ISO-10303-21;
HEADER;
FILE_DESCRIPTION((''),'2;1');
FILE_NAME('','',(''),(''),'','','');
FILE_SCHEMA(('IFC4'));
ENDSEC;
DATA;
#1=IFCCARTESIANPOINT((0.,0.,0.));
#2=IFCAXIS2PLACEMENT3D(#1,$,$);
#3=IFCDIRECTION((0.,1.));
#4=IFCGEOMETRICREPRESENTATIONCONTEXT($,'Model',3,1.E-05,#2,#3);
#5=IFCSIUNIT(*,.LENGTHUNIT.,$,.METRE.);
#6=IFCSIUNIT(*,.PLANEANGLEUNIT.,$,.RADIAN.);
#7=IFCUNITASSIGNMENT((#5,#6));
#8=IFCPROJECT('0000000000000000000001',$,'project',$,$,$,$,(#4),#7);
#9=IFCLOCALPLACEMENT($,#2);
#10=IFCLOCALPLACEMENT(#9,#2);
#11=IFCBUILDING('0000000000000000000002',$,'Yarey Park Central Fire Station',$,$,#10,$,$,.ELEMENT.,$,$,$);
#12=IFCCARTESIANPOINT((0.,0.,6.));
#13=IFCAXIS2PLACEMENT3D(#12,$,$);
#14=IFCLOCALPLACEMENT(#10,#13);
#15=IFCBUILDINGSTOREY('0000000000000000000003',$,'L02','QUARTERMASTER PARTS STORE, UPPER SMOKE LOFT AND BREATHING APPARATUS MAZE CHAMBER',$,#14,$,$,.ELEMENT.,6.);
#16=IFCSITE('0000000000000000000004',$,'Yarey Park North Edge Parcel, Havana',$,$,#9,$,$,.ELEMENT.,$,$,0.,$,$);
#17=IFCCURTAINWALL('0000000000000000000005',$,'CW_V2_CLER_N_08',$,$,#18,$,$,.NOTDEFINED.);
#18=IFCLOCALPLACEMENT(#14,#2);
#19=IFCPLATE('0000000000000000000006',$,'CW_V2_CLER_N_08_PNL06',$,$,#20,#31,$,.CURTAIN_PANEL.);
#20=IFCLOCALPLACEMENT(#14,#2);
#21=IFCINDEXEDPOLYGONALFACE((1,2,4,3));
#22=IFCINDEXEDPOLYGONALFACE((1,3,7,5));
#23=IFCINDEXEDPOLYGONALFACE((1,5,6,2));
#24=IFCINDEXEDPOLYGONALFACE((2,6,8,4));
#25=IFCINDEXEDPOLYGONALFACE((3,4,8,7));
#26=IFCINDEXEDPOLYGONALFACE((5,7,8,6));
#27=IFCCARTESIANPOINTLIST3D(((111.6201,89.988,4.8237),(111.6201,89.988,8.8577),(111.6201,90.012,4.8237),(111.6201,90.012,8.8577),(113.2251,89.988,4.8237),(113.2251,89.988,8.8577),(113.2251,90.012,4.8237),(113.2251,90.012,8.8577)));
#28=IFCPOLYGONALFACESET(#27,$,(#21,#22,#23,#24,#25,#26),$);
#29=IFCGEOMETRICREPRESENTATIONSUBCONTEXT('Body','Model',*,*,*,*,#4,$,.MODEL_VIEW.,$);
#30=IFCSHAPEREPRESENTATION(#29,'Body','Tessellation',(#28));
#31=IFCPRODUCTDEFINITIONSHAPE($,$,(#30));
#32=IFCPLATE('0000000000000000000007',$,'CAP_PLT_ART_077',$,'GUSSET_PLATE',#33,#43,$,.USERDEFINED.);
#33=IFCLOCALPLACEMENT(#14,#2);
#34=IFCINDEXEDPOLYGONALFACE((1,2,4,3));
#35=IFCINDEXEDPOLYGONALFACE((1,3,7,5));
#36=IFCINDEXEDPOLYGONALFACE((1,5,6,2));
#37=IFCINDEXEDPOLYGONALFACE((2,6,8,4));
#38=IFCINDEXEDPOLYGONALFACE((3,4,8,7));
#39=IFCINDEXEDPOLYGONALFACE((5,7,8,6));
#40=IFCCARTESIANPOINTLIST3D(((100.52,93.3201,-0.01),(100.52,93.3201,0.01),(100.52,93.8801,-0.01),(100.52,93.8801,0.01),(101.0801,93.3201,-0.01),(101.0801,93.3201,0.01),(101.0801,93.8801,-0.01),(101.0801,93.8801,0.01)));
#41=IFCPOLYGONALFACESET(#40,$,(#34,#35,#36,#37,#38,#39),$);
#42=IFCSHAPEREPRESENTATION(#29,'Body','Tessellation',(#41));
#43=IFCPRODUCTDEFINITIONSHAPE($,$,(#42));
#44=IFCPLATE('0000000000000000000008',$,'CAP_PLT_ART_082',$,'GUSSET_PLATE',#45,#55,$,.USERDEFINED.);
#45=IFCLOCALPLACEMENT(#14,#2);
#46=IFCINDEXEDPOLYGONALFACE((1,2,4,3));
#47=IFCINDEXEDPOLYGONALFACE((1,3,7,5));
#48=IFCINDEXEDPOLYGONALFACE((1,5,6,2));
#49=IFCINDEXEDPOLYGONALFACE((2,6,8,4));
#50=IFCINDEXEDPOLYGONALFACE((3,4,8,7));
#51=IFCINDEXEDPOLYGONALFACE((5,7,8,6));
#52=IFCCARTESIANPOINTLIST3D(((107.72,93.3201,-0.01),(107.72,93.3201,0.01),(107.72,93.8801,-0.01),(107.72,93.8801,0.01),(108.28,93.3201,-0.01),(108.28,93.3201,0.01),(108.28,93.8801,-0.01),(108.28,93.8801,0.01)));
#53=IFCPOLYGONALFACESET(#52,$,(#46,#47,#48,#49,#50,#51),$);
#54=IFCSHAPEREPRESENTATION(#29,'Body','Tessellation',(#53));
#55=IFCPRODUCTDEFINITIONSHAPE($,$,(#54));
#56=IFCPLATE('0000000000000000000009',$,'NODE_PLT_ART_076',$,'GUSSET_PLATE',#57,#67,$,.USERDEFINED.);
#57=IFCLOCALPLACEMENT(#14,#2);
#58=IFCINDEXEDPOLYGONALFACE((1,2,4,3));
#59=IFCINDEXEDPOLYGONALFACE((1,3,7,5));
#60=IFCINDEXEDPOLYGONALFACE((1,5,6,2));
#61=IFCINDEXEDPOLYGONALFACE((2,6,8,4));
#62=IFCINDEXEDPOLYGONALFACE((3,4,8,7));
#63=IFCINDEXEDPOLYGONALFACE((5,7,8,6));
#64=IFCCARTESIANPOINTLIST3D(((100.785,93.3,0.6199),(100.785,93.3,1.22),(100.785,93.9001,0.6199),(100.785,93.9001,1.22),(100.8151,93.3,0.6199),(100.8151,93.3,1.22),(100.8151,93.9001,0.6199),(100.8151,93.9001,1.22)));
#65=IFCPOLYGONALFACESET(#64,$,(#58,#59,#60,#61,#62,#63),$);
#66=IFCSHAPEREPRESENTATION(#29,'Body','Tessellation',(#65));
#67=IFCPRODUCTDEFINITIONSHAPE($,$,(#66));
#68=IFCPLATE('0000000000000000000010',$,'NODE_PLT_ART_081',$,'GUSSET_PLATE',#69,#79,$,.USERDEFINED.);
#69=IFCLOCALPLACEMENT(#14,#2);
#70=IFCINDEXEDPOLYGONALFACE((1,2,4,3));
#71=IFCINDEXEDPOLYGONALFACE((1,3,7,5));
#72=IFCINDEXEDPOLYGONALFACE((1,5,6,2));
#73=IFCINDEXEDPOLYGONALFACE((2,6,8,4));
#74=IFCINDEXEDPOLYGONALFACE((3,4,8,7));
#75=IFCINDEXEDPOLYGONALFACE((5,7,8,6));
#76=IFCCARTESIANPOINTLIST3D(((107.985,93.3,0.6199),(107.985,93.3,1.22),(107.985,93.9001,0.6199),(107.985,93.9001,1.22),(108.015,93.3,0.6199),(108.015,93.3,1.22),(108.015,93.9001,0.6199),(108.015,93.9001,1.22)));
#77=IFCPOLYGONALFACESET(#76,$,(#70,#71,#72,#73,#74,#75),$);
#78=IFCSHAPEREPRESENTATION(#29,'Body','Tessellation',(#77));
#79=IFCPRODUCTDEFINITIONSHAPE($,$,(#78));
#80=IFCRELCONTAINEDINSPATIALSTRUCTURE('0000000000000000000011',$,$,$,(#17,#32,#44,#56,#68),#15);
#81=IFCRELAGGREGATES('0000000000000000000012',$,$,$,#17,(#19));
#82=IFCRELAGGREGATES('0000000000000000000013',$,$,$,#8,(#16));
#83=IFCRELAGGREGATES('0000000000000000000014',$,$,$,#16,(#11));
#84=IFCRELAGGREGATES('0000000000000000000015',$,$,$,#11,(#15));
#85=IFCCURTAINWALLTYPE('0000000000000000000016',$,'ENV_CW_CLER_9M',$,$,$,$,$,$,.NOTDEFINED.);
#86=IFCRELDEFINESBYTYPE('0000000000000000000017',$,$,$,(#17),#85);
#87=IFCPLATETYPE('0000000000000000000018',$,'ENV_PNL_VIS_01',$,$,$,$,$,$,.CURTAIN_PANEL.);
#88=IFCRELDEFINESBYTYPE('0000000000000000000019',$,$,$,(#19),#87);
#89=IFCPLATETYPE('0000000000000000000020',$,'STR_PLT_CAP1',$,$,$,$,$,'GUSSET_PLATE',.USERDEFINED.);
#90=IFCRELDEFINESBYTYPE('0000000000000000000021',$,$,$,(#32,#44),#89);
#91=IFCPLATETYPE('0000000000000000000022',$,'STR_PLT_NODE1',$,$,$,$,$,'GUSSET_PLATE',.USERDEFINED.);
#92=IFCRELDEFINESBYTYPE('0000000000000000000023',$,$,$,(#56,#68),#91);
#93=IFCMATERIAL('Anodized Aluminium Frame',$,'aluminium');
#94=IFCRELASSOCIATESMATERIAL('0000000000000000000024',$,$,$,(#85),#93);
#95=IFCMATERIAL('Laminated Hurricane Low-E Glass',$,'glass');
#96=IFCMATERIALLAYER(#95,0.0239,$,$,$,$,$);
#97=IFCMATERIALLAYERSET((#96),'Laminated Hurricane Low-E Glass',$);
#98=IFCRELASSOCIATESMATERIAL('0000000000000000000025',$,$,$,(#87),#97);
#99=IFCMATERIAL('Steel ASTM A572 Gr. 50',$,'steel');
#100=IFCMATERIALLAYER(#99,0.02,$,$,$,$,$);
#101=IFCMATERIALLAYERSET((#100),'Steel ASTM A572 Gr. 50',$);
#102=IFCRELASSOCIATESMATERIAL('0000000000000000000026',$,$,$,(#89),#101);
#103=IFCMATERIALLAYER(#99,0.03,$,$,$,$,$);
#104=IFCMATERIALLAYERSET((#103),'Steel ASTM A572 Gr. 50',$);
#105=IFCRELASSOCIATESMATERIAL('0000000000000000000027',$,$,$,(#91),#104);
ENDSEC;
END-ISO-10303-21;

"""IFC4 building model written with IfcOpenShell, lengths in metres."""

from ifc_helpers import new_model, si_unit, direction, frame, origin, origin_2d, place, context, subcontext, project, spatial, rectangle, extrude, material, layer, layer_set, type_object, element, aggregate, save


model = new_model("IFC4")

# Units and contexts
model_context = context("Model", 3, precision=1e-05, world=origin(), true_north=direction((0.0, 1.0)))
body_context = subcontext(model_context, "Body", "Model", "MODEL_VIEW")
ifc_project = project(units=[si_unit("LENGTHUNIT", "METRE"), si_unit("PLANEANGLEUNIT", "RADIAN")], contexts=[model_context])

# Site, building, storey
site_placement = place(None, origin())
site = spatial("IfcSite", under=ifc_project, at=site_placement, Name="Yarey Park North Edge Parcel, Havana", CompositionType="ELEMENT", RefElevation=0.0)
building_placement = place(site_placement, origin())
building = spatial("IfcBuilding", under=site, at=building_placement, Name="Yarey Park Central Fire Station", CompositionType="ELEMENT")
storey_placement = place(building_placement, frame((0.0, 0.0, 6.0)))
storey = spatial("IfcBuildingStorey", under=building, at=storey_placement, Name="L02", Description="QUARTERMASTER PARTS STORE, UPPER SMOKE LOFT AND BREATHING APPARATUS MAZE CHAMBER", CompositionType="ELEMENT", Elevation=6.0)

# Curtain wall
ifc_material_1 = material(Name="Anodized Aluminium Frame", Category="aluminium")
curtain_wall_type = type_object("IfcCurtainWallType", Name="ENV_CW_CLER_9M", PredefinedType="NOTDEFINED", material=ifc_material_1)
curtain_wall_placement = place(storey_placement, origin())
curtain_wall = element("IfcCurtainWall", 1, at=curtain_wall_placement, inside=storey, type_object=curtain_wall_type, Name="CW_V2_CLER_N_08", PredefinedType="NOTDEFINED")

# Plate
ifc_material_2 = material(Name="Laminated Hurricane Low-E Glass", Category="glass")
ifc_layer_1 = layer(ifc_material_2, 0.0239)
ifc_layer_set_1 = layer_set([ifc_layer_1], Name="Laminated Hurricane Low-E Glass")
plate_type_1 = type_object("IfcPlateType", Name="ENV_PNL_VIS_01", PredefinedType="CURTAIN_PANEL", material=ifc_layer_set_1)
plate_1_placement = place(storey_placement, frame((112.4226, 90.0, 4.8237), z_axis=(0.0, 0.0, 1.0), x_axis=(-1.0, 0.0, 0.0)))
plate_1 = element("IfcPlate", 2, at=plate_1_placement, type_object=plate_type_1, Name="CW_V2_CLER_N_08_PNL06", PredefinedType="CURTAIN_PANEL", context=body_context, shape_type="SweptSolid", body=[
    extrude(rectangle(XDim=1.605, YDim=0.0239, at=origin_2d()), origin(), (0.0, 0.0, 1.0), 4.0339),
])
aggregate(curtain_wall, [plate_1])

# Plates
ifc_material_3 = material(Name="Steel ASTM A572 Gr. 50", Category="steel")
ifc_layer_2 = layer(ifc_material_3, 0.02)
ifc_layer_set_2 = layer_set([ifc_layer_2], Name="Steel ASTM A572 Gr. 50")
plate_type_2 = type_object("IfcPlateType", Name="STR_PLT_CAP1", ElementType="GUSSET_PLATE", PredefinedType="USERDEFINED", material=ifc_layer_set_2)
for number, where, z_axis, x_axis, name in (
    (3, (100.8, 93.6001, -0.01), (0.0, 0.0, 1.0), (1.0, 0.0, 0.0), "CAP_PLT_ART_077"),
    (4, (108.0, 93.6001, -0.01), (0.0, 0.0, 1.0), (1.0, 0.0, 0.0), "CAP_PLT_ART_082"),
):
    element("IfcPlate", number, at=place(storey_placement, frame(where, z_axis=z_axis, x_axis=x_axis)), inside=storey, type_object=plate_type_2, Name=name, ObjectType="GUSSET_PLATE", PredefinedType="USERDEFINED", context=body_context, shape_type="SweptSolid", body=[
        extrude(rectangle(XDim=0.5601, YDim=0.5601, at=origin_2d()), origin(), (0.0, 0.0, 1.0), 0.02),
    ])
ifc_layer_3 = layer(ifc_material_3, 0.03)
ifc_layer_set_3 = layer_set([ifc_layer_3], Name="Steel ASTM A572 Gr. 50")
plate_type_3 = type_object("IfcPlateType", Name="STR_PLT_NODE1", ElementType="GUSSET_PLATE", PredefinedType="USERDEFINED", material=ifc_layer_set_3)
for number, where, z_axis, x_axis, name in (
    (5, (100.8, 93.6001, 0.6199), (0.0, 0.0, 1.0), (1.0, 0.0, 0.0), "NODE_PLT_ART_076"),
    (6, (108.0, 93.6001, 0.6199), (0.0, 0.0, 1.0), (1.0, 0.0, 0.0), "NODE_PLT_ART_081"),
):
    element("IfcPlate", number, at=place(storey_placement, frame(where, z_axis=z_axis, x_axis=x_axis)), inside=storey, type_object=plate_type_3, Name=name, ObjectType="GUSSET_PLATE", PredefinedType="USERDEFINED", context=body_context, shape_type="SweptSolid", body=[
        extrude(rectangle(XDim=0.03, YDim=0.6001, at=origin_2d()), origin(), (0.0, 0.0, 1.0), 0.6001),
    ])

save(model, "model.ifc")
